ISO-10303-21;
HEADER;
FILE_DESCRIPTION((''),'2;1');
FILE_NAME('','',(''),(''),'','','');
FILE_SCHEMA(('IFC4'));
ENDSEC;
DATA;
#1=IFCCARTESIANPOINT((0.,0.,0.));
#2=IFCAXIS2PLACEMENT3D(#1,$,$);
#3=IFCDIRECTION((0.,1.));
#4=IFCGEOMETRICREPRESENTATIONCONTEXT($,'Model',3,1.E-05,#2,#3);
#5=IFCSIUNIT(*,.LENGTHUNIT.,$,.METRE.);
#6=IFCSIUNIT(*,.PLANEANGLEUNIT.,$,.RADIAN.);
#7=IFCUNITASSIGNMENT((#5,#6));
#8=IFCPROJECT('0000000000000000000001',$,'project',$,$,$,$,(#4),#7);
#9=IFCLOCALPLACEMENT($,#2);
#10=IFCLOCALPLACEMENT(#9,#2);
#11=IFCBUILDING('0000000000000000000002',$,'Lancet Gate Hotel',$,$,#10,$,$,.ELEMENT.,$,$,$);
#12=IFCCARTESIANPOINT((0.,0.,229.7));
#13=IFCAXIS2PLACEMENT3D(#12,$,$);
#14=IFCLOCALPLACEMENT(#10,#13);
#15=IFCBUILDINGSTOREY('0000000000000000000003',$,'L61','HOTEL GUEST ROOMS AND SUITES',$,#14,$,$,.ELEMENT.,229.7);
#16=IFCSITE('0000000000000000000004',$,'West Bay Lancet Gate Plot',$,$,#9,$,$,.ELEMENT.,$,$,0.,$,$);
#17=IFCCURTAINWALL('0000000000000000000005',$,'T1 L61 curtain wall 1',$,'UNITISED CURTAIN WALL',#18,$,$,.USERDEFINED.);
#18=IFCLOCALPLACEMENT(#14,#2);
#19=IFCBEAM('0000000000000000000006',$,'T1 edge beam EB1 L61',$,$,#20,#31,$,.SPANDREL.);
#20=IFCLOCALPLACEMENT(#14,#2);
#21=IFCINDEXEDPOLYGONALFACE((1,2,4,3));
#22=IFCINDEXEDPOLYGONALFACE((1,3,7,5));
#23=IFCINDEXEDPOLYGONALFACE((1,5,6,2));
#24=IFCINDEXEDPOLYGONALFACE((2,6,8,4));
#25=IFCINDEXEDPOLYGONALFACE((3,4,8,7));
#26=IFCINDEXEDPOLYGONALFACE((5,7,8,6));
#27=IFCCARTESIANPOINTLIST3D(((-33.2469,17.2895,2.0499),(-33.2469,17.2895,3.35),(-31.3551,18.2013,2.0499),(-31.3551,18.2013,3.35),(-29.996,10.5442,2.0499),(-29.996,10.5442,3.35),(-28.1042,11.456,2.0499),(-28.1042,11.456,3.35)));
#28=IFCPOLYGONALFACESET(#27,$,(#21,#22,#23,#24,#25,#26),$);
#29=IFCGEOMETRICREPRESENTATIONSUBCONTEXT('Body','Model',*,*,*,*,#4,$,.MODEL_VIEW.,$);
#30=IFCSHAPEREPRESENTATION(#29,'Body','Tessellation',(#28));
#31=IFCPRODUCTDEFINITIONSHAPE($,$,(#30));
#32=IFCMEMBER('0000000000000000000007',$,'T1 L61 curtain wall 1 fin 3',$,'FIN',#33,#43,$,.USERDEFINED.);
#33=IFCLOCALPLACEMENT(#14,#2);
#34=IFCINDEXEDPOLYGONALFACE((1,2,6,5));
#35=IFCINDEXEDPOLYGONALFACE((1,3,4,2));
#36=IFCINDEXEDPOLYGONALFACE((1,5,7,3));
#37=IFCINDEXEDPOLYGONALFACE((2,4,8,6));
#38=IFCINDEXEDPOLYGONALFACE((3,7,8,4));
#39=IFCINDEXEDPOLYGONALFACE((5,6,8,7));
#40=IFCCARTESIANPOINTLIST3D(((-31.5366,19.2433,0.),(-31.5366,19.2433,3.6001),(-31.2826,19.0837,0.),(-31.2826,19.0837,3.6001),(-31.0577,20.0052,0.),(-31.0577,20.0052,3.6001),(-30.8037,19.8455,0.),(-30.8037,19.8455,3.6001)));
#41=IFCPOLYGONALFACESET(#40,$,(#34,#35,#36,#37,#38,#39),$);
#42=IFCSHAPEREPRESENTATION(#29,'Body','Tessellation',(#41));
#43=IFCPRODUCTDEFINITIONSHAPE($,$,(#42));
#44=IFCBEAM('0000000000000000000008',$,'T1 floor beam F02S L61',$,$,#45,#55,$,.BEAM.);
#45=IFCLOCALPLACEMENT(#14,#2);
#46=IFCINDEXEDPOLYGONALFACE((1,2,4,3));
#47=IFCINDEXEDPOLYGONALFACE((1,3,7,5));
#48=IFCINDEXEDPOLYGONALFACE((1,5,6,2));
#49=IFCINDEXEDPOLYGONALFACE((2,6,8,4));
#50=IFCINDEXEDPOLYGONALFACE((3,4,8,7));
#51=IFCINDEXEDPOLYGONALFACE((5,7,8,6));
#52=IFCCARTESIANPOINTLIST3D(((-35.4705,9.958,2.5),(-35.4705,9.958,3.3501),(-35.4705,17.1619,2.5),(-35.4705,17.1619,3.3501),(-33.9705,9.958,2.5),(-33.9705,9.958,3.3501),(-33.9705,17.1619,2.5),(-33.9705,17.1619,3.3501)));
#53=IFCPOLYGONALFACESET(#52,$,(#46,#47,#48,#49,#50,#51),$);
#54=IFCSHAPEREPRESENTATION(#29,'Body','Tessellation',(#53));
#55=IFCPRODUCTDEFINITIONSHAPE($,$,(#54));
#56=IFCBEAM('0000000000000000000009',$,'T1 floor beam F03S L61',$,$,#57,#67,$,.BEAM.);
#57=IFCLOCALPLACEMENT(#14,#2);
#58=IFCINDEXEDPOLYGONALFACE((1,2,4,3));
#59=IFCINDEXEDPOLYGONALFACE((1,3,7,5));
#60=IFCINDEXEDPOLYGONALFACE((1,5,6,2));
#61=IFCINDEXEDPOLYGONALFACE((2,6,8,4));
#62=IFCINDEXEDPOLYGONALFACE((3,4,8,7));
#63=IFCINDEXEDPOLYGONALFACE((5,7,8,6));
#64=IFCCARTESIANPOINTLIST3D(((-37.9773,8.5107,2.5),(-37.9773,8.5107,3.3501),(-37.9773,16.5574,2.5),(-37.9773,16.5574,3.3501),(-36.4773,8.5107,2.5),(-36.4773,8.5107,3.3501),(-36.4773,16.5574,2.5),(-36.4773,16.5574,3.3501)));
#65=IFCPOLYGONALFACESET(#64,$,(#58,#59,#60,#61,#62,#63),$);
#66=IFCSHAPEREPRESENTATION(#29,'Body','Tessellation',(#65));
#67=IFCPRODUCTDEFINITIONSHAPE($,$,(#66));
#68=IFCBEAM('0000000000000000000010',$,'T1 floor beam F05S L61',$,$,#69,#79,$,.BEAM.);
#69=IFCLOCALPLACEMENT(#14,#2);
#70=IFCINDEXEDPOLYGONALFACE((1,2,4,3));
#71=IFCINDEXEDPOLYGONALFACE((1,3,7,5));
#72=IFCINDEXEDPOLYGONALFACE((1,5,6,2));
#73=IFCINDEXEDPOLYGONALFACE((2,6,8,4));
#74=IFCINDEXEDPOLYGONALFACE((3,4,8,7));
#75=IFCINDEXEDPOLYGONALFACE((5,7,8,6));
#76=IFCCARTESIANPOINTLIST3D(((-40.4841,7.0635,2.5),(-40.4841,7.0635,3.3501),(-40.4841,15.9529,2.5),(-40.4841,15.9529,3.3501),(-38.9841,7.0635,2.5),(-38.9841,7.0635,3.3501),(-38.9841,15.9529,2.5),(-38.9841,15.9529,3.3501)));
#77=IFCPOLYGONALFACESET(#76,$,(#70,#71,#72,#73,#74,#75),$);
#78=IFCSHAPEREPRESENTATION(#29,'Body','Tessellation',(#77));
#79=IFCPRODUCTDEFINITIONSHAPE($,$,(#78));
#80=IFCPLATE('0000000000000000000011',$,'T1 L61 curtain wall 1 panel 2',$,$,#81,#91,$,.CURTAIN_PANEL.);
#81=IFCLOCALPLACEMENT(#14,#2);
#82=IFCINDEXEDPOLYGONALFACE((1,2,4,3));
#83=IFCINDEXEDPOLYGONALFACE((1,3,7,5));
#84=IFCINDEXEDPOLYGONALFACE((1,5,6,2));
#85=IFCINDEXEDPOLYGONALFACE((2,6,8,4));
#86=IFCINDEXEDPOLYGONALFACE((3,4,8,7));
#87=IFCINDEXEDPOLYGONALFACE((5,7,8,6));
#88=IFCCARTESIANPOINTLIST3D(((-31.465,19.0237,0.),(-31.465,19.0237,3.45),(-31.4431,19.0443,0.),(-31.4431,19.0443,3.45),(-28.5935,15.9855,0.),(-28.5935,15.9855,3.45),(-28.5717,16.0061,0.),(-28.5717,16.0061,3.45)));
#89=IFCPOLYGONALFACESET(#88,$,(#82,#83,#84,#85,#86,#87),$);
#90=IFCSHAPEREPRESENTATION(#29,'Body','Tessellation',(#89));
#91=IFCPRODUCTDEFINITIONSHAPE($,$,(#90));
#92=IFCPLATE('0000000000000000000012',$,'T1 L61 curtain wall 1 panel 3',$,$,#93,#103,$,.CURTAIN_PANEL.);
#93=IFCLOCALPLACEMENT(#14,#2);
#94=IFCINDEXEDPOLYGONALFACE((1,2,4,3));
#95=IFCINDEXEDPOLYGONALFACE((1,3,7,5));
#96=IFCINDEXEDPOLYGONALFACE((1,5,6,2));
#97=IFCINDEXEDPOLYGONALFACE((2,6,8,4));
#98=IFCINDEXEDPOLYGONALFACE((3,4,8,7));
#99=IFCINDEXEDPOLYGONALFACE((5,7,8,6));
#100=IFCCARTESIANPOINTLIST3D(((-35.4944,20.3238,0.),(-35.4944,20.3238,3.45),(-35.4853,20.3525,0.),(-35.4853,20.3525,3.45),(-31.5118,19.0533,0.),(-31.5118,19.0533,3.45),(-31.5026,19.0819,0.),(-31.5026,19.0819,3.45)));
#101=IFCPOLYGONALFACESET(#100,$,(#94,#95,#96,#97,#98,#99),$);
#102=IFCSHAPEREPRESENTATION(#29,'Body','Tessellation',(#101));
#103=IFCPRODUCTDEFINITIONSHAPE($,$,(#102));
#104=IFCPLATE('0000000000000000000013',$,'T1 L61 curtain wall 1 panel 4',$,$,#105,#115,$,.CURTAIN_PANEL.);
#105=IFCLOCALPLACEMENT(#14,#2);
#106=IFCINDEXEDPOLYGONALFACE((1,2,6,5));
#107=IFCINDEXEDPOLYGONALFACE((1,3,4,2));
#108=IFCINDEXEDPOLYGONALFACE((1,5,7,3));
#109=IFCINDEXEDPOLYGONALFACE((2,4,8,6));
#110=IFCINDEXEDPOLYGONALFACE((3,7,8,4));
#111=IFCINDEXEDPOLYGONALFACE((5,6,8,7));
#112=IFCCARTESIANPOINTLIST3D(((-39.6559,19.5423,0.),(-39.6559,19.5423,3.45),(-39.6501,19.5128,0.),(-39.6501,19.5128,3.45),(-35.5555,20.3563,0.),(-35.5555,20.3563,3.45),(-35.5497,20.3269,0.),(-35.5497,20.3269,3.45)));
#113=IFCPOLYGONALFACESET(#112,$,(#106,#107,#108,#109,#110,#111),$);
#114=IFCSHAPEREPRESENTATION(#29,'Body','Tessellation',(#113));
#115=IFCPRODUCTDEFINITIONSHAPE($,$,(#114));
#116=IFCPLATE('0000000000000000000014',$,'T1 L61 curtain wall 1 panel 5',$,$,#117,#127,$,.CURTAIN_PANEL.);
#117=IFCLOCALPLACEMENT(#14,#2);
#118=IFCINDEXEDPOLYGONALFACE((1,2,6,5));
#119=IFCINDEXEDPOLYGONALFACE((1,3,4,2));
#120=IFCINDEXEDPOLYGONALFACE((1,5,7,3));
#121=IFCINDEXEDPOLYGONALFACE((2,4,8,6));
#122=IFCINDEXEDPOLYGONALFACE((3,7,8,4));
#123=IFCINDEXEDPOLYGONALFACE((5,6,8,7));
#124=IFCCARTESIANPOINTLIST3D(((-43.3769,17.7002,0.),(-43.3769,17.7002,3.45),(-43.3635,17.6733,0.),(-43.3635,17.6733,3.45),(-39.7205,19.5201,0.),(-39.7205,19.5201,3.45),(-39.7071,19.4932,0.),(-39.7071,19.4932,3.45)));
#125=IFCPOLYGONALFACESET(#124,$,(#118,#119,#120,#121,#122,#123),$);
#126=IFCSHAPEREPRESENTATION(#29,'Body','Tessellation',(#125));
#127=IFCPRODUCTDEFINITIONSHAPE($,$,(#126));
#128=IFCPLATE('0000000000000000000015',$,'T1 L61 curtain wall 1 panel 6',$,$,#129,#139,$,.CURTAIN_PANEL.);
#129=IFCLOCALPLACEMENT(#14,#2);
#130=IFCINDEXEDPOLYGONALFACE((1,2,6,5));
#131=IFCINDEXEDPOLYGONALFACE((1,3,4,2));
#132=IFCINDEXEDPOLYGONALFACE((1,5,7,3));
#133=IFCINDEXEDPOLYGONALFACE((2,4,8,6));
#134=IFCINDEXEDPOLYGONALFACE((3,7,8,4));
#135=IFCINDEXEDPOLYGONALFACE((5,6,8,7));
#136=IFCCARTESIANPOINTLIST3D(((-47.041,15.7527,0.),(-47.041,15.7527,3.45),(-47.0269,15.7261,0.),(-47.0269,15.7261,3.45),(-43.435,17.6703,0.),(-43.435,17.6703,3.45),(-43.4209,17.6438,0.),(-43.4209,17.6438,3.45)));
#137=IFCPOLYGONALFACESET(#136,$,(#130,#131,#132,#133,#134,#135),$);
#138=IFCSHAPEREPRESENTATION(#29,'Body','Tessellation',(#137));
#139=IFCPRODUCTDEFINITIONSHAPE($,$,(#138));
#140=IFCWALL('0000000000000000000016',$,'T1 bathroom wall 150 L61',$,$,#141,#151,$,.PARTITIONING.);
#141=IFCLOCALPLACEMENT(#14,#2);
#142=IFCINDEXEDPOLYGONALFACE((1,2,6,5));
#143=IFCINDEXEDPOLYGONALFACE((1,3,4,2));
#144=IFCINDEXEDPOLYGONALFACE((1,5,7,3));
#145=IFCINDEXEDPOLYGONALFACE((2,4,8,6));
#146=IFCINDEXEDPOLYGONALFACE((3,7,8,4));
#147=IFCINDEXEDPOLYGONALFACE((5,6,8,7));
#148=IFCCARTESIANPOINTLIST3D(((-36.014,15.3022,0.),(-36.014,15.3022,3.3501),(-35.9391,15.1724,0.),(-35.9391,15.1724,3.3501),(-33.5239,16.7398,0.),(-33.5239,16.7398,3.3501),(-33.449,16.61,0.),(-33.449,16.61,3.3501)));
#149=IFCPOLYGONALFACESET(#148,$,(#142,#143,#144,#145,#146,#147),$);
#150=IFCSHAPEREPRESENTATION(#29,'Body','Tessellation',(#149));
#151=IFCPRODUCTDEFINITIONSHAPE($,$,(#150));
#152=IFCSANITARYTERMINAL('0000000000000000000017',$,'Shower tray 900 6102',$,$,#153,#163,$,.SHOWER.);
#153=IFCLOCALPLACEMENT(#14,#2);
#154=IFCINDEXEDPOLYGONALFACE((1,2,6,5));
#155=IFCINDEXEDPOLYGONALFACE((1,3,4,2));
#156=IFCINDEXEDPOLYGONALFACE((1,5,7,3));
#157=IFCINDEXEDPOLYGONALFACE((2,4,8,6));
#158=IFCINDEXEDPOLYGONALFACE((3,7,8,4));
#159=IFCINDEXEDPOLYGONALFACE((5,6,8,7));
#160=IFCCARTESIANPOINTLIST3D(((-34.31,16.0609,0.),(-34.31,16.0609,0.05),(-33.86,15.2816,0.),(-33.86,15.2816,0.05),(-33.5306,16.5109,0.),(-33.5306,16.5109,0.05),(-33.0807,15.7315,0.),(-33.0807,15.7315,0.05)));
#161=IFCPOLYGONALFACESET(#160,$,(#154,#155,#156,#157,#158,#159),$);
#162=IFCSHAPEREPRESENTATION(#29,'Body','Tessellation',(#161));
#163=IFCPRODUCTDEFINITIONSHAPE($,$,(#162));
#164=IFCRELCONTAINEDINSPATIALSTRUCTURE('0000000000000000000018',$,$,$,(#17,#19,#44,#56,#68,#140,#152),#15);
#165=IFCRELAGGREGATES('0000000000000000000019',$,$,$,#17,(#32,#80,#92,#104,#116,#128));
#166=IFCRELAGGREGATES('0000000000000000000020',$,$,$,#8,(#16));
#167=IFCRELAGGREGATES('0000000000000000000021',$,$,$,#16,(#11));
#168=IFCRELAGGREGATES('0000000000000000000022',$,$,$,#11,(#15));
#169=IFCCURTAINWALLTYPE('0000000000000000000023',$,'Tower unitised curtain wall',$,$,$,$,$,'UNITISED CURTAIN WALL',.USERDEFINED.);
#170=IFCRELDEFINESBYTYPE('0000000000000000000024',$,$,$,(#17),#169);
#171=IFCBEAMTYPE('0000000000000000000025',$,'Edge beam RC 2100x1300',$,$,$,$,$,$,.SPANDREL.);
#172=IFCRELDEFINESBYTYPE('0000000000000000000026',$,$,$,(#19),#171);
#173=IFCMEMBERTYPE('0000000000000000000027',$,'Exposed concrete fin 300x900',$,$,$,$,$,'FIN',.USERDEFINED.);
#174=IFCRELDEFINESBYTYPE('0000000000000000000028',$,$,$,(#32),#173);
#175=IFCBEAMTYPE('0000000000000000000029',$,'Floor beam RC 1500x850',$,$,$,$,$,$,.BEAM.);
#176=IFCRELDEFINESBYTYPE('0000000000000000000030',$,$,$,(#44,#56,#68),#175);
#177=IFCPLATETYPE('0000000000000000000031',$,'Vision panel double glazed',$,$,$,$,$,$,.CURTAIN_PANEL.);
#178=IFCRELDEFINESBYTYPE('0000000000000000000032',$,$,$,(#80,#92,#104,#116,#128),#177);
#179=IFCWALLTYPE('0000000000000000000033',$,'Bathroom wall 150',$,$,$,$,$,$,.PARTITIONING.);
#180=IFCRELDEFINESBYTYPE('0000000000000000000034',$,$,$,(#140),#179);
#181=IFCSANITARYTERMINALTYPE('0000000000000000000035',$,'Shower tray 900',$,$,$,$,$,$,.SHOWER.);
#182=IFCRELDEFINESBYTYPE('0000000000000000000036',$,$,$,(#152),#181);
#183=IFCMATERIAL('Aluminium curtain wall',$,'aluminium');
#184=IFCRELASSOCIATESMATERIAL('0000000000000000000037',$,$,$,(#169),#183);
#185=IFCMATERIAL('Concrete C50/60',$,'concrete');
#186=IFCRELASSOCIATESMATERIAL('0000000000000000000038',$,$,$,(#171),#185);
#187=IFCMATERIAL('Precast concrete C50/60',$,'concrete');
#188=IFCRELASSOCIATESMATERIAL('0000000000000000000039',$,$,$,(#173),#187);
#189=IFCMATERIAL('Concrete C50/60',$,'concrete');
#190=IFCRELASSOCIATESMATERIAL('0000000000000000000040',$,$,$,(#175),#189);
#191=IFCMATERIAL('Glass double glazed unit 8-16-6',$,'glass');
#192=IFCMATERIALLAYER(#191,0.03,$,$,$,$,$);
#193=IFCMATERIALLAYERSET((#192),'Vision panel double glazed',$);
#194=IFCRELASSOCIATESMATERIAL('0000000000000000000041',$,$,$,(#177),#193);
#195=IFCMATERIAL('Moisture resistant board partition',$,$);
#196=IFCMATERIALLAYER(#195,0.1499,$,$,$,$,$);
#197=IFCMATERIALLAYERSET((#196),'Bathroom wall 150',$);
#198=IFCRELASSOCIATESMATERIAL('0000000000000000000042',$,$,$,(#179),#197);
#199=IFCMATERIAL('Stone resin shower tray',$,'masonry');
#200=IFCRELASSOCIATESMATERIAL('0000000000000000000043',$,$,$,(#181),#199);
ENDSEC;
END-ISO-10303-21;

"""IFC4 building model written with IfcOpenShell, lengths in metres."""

from ifc_helpers import new_model, si_unit, direction, frame, frame_2d, origin, origin_2d, place, context, subcontext, project, spatial, rectangle, extrude, material, layer, layer_set, material_profile, profile_set, type_object, element, aggregate, save


model = new_model("IFC4")

# Units and contexts
model_context = context("Model", 3, precision=1e-05, world=origin(), true_north=direction((0.0, 1.0)))
body_context = subcontext(model_context, "Body", "Model", "MODEL_VIEW")
ifc_project = project(units=[si_unit("LENGTHUNIT", "METRE"), si_unit("PLANEANGLEUNIT", "RADIAN")], contexts=[model_context])

# Site, building, storey
site_placement = place(None, origin())
site = spatial("IfcSite", under=ifc_project, at=site_placement, Name="West Bay Lancet Gate Plot", CompositionType="ELEMENT", RefElevation=0.0)
building_placement = place(site_placement, origin())
building = spatial("IfcBuilding", under=site, at=building_placement, Name="Lancet Gate Hotel", CompositionType="ELEMENT")
storey_placement = place(building_placement, frame((0.0, 0.0, 229.7)))
storey = spatial("IfcBuildingStorey", under=building, at=storey_placement, Name="L61", Description="HOTEL GUEST ROOMS AND SUITES", CompositionType="ELEMENT", Elevation=229.7)

# Curtain wall
ifc_material_1 = material(Name="Aluminium curtain wall", Category="aluminium")
curtain_wall_type = type_object("IfcCurtainWallType", Name="Tower unitised curtain wall", ElementType="UNITISED CURTAIN WALL", PredefinedType="USERDEFINED", material=ifc_material_1)
curtain_wall_placement = place(storey_placement, origin())
curtain_wall = element("IfcCurtainWall", 1, at=curtain_wall_placement, inside=storey, type_object=curtain_wall_type, Name="T1 L61 curtain wall 1", ObjectType="UNITISED CURTAIN WALL", PredefinedType="USERDEFINED")

# Beam
ifc_material_2 = material(Name="Concrete C50/60", Category="concrete")
ifc_material_profile_1 = material_profile(ifc_material_2, rectangle(XDim=2.1001, YDim=1.3, at=origin_2d()), Name="RC 2100x1300")
ifc_profile_set_1 = profile_set([ifc_material_profile_1], Name="Concrete C50/60")
beam_type_1 = type_object("IfcBeamType", Name="Edge beam RC 2100x1300", PredefinedType="SPANDREL", material=ifc_profile_set_1)
beam_1_placement = place(storey_placement, frame((-32.301, 17.7454, 2.7), z_axis=(0.434164, -0.900834, 0.0), x_axis=(0.900834, 0.434164, 0.0)))
element("IfcBeam", 2, at=beam_1_placement, inside=storey, type_object=beam_type_1, Name="T1 edge beam EB1 L61", PredefinedType="SPANDREL", context=body_context, shape_type="SweptSolid", body=[
    extrude(rectangle(XDim=2.1001, YDim=1.3, at=origin_2d()), origin(), (0.0, 0.0, 1.0), 7.4878),
])

# Member
ifc_material_3 = material(Name="Precast concrete C50/60", Category="concrete")
ifc_material_profile_2 = material_profile(ifc_material_3, rectangle(XDim=0.3, YDim=0.8999, at=origin_2d()), Name="FIN 300x900")
ifc_profile_set_2 = profile_set([ifc_material_profile_2], Name="Precast concrete C50/60")
member_type_1 = type_object("IfcMemberType", Name="Exposed concrete fin 300x900", ElementType="FIN", PredefinedType="USERDEFINED", material=ifc_profile_set_2)
member_1_placement = place(storey_placement, frame((-31.1702, 19.5444, 0.0), z_axis=(0.0, 0.0, 1.0), x_axis=(-0.846613, 0.532209, 0.0)))
member_1 = element("IfcMember", 3, at=member_1_placement, type_object=member_type_1, Name="T1 L61 curtain wall 1 fin 3", ObjectType="FIN", PredefinedType="USERDEFINED", context=body_context, shape_type="SweptSolid", body=[
    extrude(rectangle(XDim=0.3, YDim=0.8999, at=origin_2d()), origin(), (0.0, 0.0, 1.0), 3.6001),
])

# Beams
ifc_material_4 = material(Name="Concrete C50/60", Category="concrete")
ifc_material_profile_3 = material_profile(ifc_material_4, rectangle(XDim=1.5, YDim=0.8501, at=origin_2d()), Name="RC 1500x850")
ifc_profile_set_3 = profile_set([ifc_material_profile_3], Name="Concrete C50/60")
beam_type_2 = type_object("IfcBeamType", Name="Floor beam RC 1500x850", PredefinedType="BEAM", material=ifc_profile_set_3)
beam_2_placement = place(storey_placement, frame((-34.7205, 17.1619, 2.925), z_axis=(0.0, -1.0, 0.0), x_axis=(1.0, 0.0, 0.0)))
element("IfcBeam", 4, at=beam_2_placement, inside=storey, type_object=beam_type_2, Name="T1 floor beam F02S L61", PredefinedType="BEAM", context=body_context, shape_type="SweptSolid", body=[
    extrude(rectangle(XDim=1.5, YDim=0.8501, at=origin_2d()), origin(), (0.0, 0.0, 1.0), 7.2039),
])
beam_3_placement = place(storey_placement, frame((-37.2273, 16.5574, 2.925), z_axis=(0.0, -1.0, 0.0), x_axis=(1.0, 0.0, 0.0)))
element("IfcBeam", 5, at=beam_3_placement, inside=storey, type_object=beam_type_2, Name="T1 floor beam F03S L61", PredefinedType="BEAM", context=body_context, shape_type="SweptSolid", body=[
    extrude(rectangle(XDim=1.5, YDim=0.8501, at=origin_2d()), origin(), (0.0, 0.0, 1.0), 8.0466),
])
beam_4_placement = place(storey_placement, frame((-39.7341, 15.9529, 2.925), z_axis=(0.0, -1.0, 0.0), x_axis=(1.0, 0.0, 0.0)))
element("IfcBeam", 6, at=beam_4_placement, inside=storey, type_object=beam_type_2, Name="T1 floor beam F05S L61", PredefinedType="BEAM", context=body_context, shape_type="SweptSolid", body=[
    extrude(rectangle(XDim=1.5, YDim=0.8501, at=origin_2d()), origin(), (0.0, 0.0, 1.0), 8.8894),
])

# Plates
ifc_material_5 = material(Name="Glass double glazed unit 8-16-6", Category="glass")
ifc_layer_1 = layer(ifc_material_5, 0.03)
ifc_layer_set_1 = layer_set([ifc_layer_1], Name="Vision panel double glazed")
plate_type = type_object("IfcPlateType", Name="Vision panel double glazed", PredefinedType="CURTAIN_PANEL", material=ifc_layer_set_1)
plate_1_placement = place(storey_placement, frame((-30.0183, 17.5149, 0.0), z_axis=(0.0, 0.0, 1.0), x_axis=(-0.686883, 0.726768, 0.0)))
plate_1 = element("IfcPlate", 7, at=plate_1_placement, type_object=plate_type, Name="T1 L61 curtain wall 1 panel 2", PredefinedType="CURTAIN_PANEL", context=body_context, shape_type="SweptSolid", body=[
    extrude(rectangle(XDim=4.1804, YDim=0.03, at=origin_2d()), origin(), (0.0, 0.0, 1.0), 3.45),
])
plate_2_placement = place(storey_placement, frame((-33.4985, 19.7029, 0.0), z_axis=(0.0, 0.0, 1.0), x_axis=(-0.952696, 0.303926, 0.0)))
plate_2 = element("IfcPlate", 8, at=plate_2_placement, type_object=plate_type, Name="T1 L61 curtain wall 1 panel 3", PredefinedType="CURTAIN_PANEL", context=body_context, shape_type="SweptSolid", body=[
    extrude(rectangle(XDim=4.1804, YDim=0.03, at=origin_2d()), origin(), (0.0, 0.0, 1.0), 3.45),
])
plate_3_placement = place(storey_placement, frame((-37.6028, 19.9346, 0.0), z_axis=(0.0, 0.0, 1.0), x_axis=(-0.980857, -0.194731, 0.0)))
plate_3 = element("IfcPlate", 9, at=plate_3_placement, type_object=plate_type, Name="T1 L61 curtain wall 1 panel 4", PredefinedType="CURTAIN_PANEL", context=body_context, shape_type="SweptSolid", body=[
    extrude(rectangle(XDim=4.1804, YDim=0.03, at=origin_2d()), origin(), (0.0, 0.0, 1.0), 3.45),
])
plate_4_placement = place(storey_placement, frame((-41.542, 18.5967, 0.0), z_axis=(0.0, 0.0, 1.0), x_axis=(-0.895234, -0.445596, 0.0)))
plate_4 = element("IfcPlate", 10, at=plate_4_placement, type_object=plate_type, Name="T1 L61 curtain wall 1 panel 5", PredefinedType="CURTAIN_PANEL", context=body_context, shape_type="SweptSolid", body=[
    extrude(rectangle(XDim=4.0842, YDim=0.03, at=origin_2d()), origin(), (0.0, 0.0, 1.0), 3.45),
])
plate_5_placement = place(storey_placement, frame((-45.231, 16.6982, 0.0), z_axis=(0.0, 0.0, 1.0), x_axis=(-0.882916, -0.469531, 0.0)))
plate_5 = element("IfcPlate", 11, at=plate_5_placement, type_object=plate_type, Name="T1 L61 curtain wall 1 panel 6", PredefinedType="CURTAIN_PANEL", context=body_context, shape_type="SweptSolid", body=[
    extrude(rectangle(XDim=4.0842, YDim=0.03, at=origin_2d()), origin(), (0.0, 0.0, 1.0), 3.45),
])
aggregate(curtain_wall, [member_1, plate_1, plate_2, plate_3, plate_4, plate_5])

# Wall
ifc_material_6 = material(Name="Moisture resistant board partition")
ifc_layer_2 = layer(ifc_material_6, 0.1499)
ifc_layer_set_2 = layer_set([ifc_layer_2], Name="Bathroom wall 150")
wall_type = type_object("IfcWallType", Name="Bathroom wall 150", PredefinedType="PARTITIONING", material=ifc_layer_set_2)
wall_placement = place(storey_placement, frame((-33.4866, 16.6748, 0.0), z_axis=(0.0, 0.0, 1.0), x_axis=(-0.86604, -0.499975, 0.0)))
element("IfcWall", 12, at=wall_placement, inside=storey, type_object=wall_type, Name="T1 bathroom wall 150 L61", PredefinedType="PARTITIONING", context=body_context, shape_type="SweptSolid", body=[
    extrude(rectangle(XDim=2.8752, YDim=0.1499, at=frame_2d((1.4375, 0.0))), origin(), (0.0, 0.0, 1.0), 3.3501),
])

# Sanitary terminal
ifc_material_7 = material(Name="Stone resin shower tray", Category="masonry")
sanitary_terminal_type = type_object("IfcSanitaryTerminalType", Name="Shower tray 900", PredefinedType="SHOWER", material=ifc_material_7)
sanitary_terminal_placement = place(storey_placement, frame((-33.6953, 15.8962, 0.0), z_axis=(0.0, 0.0, 1.0), x_axis=(0.866025, 0.5, 0.0)))
element("IfcSanitaryTerminal", 13, at=sanitary_terminal_placement, inside=storey, type_object=sanitary_terminal_type, Name="Shower tray 900 6102", PredefinedType="SHOWER", context=body_context, shape_type="SweptSolid", body=[
    extrude(rectangle(XDim=0.8999, YDim=0.8999, at=origin_2d()), origin(), (0.0, 0.0, 1.0), 0.05),
])

save(model, "model.ifc")
